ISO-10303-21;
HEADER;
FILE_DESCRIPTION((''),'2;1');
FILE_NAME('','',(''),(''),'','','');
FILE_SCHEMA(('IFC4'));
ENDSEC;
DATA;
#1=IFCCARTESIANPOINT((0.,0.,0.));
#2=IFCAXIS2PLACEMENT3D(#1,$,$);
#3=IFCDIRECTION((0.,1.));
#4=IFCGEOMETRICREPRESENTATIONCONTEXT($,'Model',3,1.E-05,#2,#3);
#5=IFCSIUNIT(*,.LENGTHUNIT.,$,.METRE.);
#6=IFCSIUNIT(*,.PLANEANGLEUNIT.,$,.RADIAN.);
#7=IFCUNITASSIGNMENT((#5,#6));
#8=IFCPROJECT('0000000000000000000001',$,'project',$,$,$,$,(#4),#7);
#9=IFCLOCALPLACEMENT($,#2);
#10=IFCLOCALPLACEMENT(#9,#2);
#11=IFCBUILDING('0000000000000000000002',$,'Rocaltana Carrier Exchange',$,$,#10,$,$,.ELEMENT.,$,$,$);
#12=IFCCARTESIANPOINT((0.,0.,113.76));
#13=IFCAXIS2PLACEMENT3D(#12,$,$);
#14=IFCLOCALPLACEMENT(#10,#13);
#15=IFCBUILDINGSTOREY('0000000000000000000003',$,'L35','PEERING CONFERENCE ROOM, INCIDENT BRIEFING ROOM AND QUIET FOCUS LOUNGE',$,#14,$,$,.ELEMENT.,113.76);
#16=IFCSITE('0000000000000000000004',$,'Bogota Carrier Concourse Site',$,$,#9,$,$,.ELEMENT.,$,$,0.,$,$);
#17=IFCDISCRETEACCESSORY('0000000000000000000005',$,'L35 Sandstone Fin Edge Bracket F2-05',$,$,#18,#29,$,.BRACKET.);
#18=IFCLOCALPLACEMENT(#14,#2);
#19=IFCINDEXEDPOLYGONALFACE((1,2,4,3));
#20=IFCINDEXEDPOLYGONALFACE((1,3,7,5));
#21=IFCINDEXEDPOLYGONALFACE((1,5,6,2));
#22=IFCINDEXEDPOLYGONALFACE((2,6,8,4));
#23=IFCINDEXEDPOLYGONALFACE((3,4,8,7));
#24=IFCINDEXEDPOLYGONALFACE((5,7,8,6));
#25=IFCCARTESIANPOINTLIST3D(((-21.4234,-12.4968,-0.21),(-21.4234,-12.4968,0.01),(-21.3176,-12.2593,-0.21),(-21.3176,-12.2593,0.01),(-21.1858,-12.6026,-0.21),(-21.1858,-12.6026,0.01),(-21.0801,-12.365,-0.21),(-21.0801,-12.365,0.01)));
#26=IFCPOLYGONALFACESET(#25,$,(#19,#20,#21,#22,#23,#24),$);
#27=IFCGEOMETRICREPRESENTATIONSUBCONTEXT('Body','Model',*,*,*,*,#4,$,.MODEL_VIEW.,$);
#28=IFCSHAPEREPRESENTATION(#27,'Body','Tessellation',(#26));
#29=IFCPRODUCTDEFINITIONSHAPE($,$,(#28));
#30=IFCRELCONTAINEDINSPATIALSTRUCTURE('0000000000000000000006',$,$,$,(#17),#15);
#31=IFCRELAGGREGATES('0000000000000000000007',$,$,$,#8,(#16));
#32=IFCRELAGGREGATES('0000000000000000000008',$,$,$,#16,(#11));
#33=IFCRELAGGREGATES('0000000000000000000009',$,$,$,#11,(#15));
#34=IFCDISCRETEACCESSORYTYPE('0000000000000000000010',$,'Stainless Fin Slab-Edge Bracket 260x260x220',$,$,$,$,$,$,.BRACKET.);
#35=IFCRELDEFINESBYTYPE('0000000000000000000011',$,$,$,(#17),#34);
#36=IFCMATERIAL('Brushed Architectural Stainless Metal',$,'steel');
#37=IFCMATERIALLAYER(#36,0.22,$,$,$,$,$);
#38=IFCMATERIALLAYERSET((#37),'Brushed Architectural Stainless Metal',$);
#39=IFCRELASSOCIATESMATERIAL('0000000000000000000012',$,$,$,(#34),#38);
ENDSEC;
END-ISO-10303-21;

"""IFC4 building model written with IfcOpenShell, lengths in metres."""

from ifc_helpers import new_model, si_unit, direction, frame, origin, origin_2d, place, context, subcontext, project, spatial, rectangle, extrude, material, layer, layer_set, type_object, element, save


model = new_model("IFC4")

# Units and contexts
model_context = context("Model", 3, precision=1e-05, world=origin(), true_north=direction((0.0, 1.0)))
body_context = subcontext(model_context, "Body", "Model", "MODEL_VIEW")
ifc_project = project(units=[si_unit("LENGTHUNIT", "METRE"), si_unit("PLANEANGLEUNIT", "RADIAN")], contexts=[model_context])

# Site, building, storey
site_placement = place(None, origin())
site = spatial("IfcSite", under=ifc_project, at=site_placement, Name="Bogota Carrier Concourse Site", CompositionType="ELEMENT", RefElevation=0.0)
building_placement = place(site_placement, origin())
building = spatial("IfcBuilding", under=site, at=building_placement, Name="Rocaltana Carrier Exchange", CompositionType="ELEMENT")
storey_placement = place(building_placement, frame((0.0, 0.0, 113.76)))
storey = spatial("IfcBuildingStorey", under=building, at=storey_placement, Name="L35", Description="PEERING CONFERENCE ROOM, INCIDENT BRIEFING ROOM AND QUIET FOCUS LOUNGE", CompositionType="ELEMENT", Elevation=113.76)

# Discrete accessory
ifc_material_1 = material(Name="Brushed Architectural Stainless Metal", Category="steel")
ifc_layer_1 = layer(ifc_material_1, 0.22)
ifc_layer_set_1 = layer_set([ifc_layer_1], Name="Brushed Architectural Stainless Metal")
discrete_accessory_type = type_object("IfcDiscreteAccessoryType", Name="Stainless Fin Slab-Edge Bracket 260x260x220", PredefinedType="BRACKET", material=ifc_layer_set_1)
for number, where, z_axis, x_axis, name in (
    (1, (-21.2517, -12.4309, -0.21), (0.0, 0.0, 1.0), (-0.406737, -0.913545, 0.0), "L35 Sandstone Fin Edge Bracket F2-05"),
):
    element("IfcDiscreteAccessory", number, at=place(storey_placement, frame(where, z_axis=z_axis, x_axis=x_axis)), inside=storey, type_object=discrete_accessory_type, Name=name, PredefinedType="BRACKET", context=body_context, shape_type="SweptSolid", body=[
        extrude(rectangle(XDim=0.26, YDim=0.26, at=origin_2d()), origin(), (0.0, 0.0, 1.0), 0.22),
    ])

save(model, "model.ifc")
